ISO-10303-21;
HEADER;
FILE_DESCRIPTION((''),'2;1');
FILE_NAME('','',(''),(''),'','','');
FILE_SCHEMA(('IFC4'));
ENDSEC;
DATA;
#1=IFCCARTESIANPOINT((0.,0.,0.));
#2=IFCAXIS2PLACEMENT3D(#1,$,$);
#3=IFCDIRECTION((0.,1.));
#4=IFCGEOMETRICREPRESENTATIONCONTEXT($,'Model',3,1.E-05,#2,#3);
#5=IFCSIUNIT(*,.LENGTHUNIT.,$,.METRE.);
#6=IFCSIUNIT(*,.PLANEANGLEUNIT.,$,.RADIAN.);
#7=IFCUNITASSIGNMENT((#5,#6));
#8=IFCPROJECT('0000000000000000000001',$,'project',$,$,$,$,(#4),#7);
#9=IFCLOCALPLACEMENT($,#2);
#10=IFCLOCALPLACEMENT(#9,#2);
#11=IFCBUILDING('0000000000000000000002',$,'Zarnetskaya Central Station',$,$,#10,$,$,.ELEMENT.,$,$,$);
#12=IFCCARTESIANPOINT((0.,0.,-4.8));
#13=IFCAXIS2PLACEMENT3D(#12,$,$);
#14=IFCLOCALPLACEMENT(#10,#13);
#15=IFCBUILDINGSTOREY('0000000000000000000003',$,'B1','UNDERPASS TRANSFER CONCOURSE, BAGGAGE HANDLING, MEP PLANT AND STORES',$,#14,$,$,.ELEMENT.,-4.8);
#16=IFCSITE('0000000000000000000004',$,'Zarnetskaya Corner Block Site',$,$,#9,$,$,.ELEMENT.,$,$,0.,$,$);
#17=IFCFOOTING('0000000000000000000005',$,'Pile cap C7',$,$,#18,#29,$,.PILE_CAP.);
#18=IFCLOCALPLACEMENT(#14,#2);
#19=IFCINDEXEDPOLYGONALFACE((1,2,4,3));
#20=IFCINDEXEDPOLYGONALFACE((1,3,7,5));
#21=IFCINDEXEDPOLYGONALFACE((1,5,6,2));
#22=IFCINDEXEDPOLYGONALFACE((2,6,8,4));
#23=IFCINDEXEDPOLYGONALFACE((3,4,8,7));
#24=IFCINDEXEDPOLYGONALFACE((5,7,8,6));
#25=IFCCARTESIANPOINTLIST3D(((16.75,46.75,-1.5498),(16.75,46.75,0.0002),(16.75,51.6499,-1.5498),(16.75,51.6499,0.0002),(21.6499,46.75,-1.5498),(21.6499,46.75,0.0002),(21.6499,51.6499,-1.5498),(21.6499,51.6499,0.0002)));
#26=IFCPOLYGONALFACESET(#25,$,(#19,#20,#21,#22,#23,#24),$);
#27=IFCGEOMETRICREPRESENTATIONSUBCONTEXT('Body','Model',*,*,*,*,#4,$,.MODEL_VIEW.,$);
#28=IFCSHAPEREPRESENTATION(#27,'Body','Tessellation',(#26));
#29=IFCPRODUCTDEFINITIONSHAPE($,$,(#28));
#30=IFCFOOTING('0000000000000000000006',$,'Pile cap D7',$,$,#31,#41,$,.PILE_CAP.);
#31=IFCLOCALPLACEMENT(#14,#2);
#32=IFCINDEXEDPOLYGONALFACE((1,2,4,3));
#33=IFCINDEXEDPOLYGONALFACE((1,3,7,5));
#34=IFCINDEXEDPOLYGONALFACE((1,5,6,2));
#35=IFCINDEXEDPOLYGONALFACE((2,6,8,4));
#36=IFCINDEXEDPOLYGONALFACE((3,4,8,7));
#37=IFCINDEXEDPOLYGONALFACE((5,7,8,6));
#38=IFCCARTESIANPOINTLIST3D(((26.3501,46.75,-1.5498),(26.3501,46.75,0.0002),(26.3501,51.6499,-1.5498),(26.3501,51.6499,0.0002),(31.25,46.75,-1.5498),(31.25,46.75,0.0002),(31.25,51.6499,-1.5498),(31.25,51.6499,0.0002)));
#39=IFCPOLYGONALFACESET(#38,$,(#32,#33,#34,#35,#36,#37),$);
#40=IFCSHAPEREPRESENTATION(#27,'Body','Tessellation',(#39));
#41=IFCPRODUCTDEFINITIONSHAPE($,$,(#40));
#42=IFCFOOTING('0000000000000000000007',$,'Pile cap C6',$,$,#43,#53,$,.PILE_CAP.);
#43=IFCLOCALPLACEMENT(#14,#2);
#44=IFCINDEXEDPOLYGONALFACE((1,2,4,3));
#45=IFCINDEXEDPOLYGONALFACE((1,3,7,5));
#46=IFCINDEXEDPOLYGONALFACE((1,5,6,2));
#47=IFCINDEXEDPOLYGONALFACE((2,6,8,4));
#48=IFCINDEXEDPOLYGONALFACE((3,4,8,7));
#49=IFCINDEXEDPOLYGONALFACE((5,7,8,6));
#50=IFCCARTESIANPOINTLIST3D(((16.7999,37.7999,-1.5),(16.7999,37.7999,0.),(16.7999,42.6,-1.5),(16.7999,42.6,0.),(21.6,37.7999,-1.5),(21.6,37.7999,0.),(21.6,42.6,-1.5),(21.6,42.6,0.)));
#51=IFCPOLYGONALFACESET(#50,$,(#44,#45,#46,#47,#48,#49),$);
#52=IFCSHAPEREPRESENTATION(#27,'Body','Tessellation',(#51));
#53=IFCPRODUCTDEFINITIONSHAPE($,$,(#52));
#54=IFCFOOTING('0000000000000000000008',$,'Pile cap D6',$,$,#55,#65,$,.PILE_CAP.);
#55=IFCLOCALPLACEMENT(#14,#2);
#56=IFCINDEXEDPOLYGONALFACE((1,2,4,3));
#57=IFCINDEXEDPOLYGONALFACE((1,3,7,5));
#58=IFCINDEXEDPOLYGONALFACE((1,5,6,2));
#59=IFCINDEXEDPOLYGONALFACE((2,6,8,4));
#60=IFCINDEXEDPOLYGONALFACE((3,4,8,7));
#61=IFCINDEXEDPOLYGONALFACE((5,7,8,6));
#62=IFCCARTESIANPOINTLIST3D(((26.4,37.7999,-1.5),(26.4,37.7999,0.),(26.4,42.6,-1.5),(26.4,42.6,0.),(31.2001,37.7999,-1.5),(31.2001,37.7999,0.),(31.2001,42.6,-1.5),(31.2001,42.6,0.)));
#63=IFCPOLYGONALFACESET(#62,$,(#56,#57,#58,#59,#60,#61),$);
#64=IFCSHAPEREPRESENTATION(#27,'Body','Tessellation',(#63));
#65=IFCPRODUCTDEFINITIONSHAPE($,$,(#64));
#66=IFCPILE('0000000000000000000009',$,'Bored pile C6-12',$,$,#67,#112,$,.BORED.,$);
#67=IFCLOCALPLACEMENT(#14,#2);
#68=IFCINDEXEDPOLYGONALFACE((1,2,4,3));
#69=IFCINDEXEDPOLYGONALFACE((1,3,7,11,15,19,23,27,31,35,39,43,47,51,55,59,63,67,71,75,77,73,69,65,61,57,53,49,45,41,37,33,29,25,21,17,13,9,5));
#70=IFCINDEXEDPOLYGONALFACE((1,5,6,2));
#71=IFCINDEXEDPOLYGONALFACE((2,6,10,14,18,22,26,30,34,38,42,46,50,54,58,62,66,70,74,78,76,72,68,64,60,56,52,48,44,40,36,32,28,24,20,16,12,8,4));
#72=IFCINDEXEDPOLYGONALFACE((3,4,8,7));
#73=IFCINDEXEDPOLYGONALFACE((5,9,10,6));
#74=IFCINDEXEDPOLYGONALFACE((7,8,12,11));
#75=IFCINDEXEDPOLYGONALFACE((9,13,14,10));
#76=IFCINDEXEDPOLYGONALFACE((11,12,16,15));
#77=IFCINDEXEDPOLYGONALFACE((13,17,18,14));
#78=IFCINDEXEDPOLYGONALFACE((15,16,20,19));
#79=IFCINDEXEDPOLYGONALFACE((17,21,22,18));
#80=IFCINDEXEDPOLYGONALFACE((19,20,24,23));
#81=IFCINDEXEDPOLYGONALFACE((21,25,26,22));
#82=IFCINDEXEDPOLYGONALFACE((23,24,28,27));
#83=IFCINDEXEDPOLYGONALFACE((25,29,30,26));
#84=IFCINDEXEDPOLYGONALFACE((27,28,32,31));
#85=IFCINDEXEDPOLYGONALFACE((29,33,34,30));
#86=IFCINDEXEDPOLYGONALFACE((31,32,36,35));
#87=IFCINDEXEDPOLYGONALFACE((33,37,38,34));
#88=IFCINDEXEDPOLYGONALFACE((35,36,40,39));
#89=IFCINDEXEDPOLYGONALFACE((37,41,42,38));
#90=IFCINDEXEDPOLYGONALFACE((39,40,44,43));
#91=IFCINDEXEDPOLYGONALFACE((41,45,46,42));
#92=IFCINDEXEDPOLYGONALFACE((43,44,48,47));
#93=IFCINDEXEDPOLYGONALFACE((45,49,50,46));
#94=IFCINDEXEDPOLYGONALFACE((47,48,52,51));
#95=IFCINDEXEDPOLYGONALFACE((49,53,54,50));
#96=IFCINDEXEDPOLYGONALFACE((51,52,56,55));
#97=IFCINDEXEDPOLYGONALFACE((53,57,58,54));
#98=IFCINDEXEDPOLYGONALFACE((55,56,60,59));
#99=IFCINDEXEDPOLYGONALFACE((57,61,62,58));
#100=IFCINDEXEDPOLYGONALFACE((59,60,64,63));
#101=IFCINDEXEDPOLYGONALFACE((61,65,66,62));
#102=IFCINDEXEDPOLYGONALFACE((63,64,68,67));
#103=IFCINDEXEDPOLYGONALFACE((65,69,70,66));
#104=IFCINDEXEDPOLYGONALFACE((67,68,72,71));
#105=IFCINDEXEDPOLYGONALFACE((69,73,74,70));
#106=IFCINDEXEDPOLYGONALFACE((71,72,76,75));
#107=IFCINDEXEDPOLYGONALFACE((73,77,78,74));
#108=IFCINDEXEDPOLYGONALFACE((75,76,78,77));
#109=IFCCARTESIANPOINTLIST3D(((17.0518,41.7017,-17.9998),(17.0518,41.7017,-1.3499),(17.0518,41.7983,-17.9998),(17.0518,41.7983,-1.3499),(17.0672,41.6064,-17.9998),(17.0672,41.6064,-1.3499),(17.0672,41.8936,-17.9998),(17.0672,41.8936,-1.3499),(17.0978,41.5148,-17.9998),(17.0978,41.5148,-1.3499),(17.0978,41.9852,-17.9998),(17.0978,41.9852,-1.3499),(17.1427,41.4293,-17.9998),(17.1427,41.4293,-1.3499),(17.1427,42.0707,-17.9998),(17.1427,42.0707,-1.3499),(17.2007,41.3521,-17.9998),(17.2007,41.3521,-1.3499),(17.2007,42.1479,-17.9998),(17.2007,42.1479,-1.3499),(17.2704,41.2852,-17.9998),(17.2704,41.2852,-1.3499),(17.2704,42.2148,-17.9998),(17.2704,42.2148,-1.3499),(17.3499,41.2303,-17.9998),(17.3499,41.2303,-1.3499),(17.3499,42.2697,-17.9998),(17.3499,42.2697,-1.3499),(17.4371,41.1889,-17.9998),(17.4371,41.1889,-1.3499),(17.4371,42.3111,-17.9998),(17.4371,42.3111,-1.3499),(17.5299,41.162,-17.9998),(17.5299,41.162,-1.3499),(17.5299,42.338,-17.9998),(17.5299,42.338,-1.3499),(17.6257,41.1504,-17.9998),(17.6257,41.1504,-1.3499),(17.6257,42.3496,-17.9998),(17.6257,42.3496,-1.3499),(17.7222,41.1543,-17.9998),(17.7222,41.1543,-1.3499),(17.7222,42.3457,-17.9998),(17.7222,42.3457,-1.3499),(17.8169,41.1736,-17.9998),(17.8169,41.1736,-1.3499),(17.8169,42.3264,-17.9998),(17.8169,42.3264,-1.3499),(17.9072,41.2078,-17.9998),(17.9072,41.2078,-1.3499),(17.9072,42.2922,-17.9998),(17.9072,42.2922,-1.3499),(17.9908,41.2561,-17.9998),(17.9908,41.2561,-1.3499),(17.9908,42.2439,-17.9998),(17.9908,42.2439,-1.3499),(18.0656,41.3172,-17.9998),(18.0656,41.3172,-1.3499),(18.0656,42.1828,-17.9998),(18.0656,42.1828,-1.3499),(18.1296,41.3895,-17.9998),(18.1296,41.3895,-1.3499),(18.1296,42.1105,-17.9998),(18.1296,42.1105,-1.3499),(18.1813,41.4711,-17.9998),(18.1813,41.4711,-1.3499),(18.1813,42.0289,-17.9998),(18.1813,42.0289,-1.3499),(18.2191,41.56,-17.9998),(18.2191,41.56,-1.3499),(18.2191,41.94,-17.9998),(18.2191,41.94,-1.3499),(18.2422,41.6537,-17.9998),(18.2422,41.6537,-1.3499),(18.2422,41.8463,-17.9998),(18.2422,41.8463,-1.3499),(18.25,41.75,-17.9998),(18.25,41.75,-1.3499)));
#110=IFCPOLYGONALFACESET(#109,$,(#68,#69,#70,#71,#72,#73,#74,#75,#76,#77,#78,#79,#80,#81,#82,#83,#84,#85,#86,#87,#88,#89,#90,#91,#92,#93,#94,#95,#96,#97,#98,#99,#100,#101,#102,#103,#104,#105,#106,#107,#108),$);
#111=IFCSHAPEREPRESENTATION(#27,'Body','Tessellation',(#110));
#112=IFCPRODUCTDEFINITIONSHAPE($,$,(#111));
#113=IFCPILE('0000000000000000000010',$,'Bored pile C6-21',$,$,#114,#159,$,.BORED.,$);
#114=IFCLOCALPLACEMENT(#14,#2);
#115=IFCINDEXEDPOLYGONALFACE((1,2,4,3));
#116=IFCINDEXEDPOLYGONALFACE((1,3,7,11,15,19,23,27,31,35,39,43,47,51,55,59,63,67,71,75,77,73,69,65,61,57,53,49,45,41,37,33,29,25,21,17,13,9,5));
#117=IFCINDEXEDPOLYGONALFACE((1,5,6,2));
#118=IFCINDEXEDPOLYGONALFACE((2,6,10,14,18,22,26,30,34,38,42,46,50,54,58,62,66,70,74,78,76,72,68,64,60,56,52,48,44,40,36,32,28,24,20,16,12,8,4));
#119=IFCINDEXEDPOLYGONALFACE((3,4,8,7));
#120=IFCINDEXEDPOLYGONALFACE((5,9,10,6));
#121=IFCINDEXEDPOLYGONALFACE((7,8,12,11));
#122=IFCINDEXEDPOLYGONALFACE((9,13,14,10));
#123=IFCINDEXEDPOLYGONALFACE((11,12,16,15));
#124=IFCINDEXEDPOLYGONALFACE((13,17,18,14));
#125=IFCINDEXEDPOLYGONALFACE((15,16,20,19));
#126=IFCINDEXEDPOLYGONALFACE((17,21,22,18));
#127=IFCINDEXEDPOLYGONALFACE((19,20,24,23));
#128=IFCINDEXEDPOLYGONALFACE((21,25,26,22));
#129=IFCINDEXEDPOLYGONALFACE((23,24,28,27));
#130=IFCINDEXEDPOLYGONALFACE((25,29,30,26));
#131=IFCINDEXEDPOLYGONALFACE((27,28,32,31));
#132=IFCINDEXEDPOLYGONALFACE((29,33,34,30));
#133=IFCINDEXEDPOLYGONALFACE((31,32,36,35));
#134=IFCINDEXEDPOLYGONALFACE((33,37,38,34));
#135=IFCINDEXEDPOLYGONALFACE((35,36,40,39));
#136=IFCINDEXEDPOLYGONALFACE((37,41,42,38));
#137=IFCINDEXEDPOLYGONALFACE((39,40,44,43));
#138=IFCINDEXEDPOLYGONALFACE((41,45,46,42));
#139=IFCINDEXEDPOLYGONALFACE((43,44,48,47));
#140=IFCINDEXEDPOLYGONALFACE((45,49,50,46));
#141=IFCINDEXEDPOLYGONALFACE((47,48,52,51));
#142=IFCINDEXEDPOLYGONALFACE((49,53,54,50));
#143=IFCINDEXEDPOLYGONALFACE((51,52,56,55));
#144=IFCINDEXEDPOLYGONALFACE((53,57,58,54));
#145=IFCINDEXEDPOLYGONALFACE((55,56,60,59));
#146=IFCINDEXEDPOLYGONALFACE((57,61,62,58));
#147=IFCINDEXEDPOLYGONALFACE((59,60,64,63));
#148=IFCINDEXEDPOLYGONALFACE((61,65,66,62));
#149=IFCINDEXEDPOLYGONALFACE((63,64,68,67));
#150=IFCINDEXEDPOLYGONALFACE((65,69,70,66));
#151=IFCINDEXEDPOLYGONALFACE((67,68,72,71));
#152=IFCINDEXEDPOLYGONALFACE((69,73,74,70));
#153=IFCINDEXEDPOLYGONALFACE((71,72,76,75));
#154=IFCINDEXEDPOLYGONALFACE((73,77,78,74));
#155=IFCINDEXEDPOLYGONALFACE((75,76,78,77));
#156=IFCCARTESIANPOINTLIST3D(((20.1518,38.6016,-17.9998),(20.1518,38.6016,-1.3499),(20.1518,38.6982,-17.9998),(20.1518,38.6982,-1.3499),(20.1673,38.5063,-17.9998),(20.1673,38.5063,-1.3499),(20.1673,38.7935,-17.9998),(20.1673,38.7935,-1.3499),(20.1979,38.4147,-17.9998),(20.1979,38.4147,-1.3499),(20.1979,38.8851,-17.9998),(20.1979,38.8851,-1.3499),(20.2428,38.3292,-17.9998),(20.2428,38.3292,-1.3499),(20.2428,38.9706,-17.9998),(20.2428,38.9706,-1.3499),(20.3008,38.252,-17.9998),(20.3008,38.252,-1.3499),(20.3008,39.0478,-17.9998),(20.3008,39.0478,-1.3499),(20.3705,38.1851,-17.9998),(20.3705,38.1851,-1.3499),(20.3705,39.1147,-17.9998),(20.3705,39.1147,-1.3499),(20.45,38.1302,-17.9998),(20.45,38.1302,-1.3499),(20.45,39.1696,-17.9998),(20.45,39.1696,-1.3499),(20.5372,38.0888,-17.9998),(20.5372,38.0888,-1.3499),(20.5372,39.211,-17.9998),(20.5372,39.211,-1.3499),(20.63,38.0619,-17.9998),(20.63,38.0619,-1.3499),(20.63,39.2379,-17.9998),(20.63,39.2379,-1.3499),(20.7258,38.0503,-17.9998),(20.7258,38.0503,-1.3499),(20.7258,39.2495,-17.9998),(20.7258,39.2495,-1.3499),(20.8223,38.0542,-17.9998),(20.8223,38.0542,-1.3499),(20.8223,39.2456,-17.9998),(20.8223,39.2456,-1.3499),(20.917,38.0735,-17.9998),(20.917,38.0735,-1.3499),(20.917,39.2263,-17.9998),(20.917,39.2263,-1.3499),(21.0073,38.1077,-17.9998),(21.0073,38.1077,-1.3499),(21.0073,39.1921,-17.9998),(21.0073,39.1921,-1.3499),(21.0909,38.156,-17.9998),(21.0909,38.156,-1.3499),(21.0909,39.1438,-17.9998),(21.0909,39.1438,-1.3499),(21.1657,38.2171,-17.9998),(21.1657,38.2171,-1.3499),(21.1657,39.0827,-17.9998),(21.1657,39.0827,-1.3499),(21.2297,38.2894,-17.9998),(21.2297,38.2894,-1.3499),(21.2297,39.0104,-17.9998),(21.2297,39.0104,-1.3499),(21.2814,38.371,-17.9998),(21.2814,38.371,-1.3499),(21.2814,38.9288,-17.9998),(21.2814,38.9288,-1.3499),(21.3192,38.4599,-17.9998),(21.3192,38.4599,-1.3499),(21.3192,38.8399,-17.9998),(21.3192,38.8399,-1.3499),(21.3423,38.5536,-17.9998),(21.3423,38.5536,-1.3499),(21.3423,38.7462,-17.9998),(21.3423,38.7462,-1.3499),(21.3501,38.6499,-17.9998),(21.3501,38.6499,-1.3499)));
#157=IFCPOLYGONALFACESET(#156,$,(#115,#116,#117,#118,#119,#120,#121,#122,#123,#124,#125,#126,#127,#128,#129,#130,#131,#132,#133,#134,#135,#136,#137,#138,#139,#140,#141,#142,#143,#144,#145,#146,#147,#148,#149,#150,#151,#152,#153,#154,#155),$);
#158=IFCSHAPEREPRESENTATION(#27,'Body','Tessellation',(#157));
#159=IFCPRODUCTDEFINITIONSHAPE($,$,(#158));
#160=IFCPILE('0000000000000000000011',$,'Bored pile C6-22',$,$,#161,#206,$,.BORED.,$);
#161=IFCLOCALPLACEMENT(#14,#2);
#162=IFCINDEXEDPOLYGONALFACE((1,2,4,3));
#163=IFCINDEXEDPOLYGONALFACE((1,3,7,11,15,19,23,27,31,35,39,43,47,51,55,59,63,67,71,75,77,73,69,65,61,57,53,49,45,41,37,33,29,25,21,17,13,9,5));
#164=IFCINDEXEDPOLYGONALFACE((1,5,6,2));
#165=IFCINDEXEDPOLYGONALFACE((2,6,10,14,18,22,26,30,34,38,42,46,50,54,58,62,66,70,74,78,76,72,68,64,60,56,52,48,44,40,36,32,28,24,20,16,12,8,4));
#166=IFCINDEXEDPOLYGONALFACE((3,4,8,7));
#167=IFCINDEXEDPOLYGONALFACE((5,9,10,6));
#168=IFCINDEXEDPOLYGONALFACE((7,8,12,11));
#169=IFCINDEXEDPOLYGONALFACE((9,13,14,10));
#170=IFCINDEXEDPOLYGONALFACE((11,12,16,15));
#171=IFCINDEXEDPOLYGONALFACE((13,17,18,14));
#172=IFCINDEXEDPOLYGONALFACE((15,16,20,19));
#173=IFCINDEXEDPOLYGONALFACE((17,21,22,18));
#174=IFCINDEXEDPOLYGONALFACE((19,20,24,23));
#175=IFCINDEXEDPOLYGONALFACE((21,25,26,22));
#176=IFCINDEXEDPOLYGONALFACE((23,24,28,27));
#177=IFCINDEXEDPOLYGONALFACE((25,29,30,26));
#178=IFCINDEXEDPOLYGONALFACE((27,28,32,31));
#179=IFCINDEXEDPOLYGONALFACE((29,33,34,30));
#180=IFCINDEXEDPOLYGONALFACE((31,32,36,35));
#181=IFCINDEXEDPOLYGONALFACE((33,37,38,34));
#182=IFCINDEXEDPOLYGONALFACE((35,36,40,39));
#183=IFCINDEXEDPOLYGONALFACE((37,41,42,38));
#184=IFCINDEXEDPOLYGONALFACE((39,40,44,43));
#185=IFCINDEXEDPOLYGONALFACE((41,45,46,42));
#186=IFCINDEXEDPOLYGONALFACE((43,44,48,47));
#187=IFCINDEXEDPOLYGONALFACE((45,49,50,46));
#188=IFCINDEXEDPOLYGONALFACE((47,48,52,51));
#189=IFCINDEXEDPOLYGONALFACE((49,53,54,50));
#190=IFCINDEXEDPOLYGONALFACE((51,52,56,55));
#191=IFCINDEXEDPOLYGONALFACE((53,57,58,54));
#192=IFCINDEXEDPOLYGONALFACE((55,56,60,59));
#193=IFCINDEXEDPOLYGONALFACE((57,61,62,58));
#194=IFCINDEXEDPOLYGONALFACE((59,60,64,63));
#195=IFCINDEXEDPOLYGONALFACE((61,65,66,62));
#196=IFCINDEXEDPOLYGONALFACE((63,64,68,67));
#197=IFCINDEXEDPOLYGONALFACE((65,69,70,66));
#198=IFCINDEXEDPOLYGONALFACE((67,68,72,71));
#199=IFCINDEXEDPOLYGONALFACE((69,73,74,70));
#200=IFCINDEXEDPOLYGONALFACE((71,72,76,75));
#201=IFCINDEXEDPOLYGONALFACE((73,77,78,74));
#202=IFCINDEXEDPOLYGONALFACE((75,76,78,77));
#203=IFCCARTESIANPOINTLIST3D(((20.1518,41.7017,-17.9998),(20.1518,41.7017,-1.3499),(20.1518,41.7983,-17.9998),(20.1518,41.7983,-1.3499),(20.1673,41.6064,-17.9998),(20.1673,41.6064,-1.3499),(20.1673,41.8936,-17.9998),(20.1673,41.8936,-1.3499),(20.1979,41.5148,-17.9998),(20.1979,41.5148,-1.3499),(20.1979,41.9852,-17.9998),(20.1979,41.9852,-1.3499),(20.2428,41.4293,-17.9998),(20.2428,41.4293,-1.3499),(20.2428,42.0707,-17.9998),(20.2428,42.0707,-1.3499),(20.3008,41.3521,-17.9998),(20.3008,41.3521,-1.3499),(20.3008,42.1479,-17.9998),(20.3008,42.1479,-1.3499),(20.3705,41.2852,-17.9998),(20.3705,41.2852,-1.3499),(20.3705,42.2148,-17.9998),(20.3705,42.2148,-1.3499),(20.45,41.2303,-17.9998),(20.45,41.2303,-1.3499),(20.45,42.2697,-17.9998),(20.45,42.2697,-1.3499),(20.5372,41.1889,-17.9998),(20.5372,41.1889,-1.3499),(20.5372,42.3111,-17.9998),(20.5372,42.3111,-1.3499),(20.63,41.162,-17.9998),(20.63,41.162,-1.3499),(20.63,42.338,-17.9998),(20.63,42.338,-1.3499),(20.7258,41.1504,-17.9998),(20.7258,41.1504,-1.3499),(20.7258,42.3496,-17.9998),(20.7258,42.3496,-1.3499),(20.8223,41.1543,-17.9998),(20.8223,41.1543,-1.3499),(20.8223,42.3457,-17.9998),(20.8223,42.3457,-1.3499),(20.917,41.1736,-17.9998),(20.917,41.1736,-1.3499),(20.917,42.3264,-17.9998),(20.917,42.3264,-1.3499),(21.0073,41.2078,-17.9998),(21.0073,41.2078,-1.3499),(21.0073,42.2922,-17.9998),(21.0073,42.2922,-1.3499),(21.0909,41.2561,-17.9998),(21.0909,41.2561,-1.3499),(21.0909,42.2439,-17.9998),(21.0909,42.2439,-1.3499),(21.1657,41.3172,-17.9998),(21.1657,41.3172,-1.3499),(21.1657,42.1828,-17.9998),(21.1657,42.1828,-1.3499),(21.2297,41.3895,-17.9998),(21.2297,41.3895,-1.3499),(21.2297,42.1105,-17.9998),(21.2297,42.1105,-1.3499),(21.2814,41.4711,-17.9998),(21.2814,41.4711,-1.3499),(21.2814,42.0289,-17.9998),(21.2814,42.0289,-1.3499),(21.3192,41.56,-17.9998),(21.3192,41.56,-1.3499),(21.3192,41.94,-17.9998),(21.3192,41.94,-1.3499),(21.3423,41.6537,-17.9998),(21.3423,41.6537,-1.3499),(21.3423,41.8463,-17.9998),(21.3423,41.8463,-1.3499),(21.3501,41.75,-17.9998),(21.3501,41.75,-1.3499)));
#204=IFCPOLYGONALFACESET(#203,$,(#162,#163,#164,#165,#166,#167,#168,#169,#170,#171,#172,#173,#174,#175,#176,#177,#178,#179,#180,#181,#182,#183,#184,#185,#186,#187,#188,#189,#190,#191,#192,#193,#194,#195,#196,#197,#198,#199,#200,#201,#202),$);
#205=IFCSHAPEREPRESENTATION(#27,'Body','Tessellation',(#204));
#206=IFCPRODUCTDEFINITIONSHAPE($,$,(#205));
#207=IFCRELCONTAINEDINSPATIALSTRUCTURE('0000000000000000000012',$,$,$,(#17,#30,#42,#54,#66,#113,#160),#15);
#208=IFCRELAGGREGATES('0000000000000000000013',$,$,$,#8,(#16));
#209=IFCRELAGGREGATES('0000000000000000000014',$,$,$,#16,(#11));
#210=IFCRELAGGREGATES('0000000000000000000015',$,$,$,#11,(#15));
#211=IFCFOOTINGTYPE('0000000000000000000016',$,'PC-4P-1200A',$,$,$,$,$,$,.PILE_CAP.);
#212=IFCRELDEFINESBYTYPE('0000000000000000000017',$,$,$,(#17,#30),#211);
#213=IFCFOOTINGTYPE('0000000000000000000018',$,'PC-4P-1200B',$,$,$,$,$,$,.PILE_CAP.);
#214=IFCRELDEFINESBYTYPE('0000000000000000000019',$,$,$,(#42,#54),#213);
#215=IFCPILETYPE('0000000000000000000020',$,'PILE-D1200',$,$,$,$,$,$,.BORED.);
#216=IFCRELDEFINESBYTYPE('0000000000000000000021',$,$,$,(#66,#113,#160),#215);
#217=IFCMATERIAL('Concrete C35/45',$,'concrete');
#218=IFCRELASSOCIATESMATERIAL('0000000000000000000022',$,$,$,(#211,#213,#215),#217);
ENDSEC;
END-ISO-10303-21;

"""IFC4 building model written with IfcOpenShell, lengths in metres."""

from ifc_helpers import new_model, si_unit, direction, frame, origin, origin_2d, place, context, subcontext, project, spatial, rectangle, circle, extrude, material, material_profile, profile_set, type_object, element, save


model = new_model("IFC4")

# Units and contexts
model_context = context("Model", 3, precision=1e-05, world=origin(), true_north=direction((0.0, 1.0)))
body_context = subcontext(model_context, "Body", "Model", "MODEL_VIEW")
ifc_project = project(units=[si_unit("LENGTHUNIT", "METRE"), si_unit("PLANEANGLEUNIT", "RADIAN")], contexts=[model_context])

# Site, building, storey
site_placement = place(None, origin())
site = spatial("IfcSite", under=ifc_project, at=site_placement, Name="Zarnetskaya Corner Block Site", CompositionType="ELEMENT", RefElevation=0.0)
building_placement = place(site_placement, origin())
building = spatial("IfcBuilding", under=site, at=building_placement, Name="Zarnetskaya Central Station", CompositionType="ELEMENT")
storey_placement = place(building_placement, frame((0.0, 0.0, -4.8)))
storey = spatial("IfcBuildingStorey", under=building, at=storey_placement, Name="B1", Description="UNDERPASS TRANSFER CONCOURSE, BAGGAGE HANDLING, MEP PLANT AND STORES", CompositionType="ELEMENT", Elevation=-4.8)

# Footings
ifc_material = material(Name="Concrete C35/45", Category="concrete")
footing_type_1 = type_object("IfcFootingType", Name="PC-4P-1200A", PredefinedType="PILE_CAP", material=ifc_material)
for number, where, z_axis, x_axis, name in (
    (1, (19.2, 49.2, -1.5498), (0.0, 0.0, 1.0), (1.0, 0.0, 0.0), "Pile cap C7"),
    (2, (28.8, 49.2, -1.5498), (0.0, 0.0, 1.0), (1.0, 0.0, 0.0), "Pile cap D7"),
):
    element("IfcFooting", number, at=place(storey_placement, frame(where, z_axis=z_axis, x_axis=x_axis)), inside=storey, type_object=footing_type_1, Name=name, PredefinedType="PILE_CAP", context=body_context, shape_type="SweptSolid", body=[
        extrude(rectangle(XDim=4.8999, YDim=4.8999, at=origin_2d()), origin(), (0.0, 0.0, 1.0), 1.55),
    ])
footing_type_2 = type_object("IfcFootingType", Name="PC-4P-1200B", PredefinedType="PILE_CAP", material=ifc_material)
for number, where, z_axis, x_axis, name in (
    (3, (19.2, 40.2, -1.5), (0.0, 0.0, 1.0), (1.0, 0.0, 0.0), "Pile cap C6"),
    (4, (28.8, 40.2, -1.5), (0.0, 0.0, 1.0), (1.0, 0.0, 0.0), "Pile cap D6"),
):
    element("IfcFooting", number, at=place(storey_placement, frame(where, z_axis=z_axis, x_axis=x_axis)), inside=storey, type_object=footing_type_2, Name=name, PredefinedType="PILE_CAP", context=body_context, shape_type="SweptSolid", body=[
        extrude(rectangle(XDim=4.8, YDim=4.8, at=origin_2d()), origin(), (0.0, 0.0, 1.0), 1.5),
    ])

# Piles
ifc_material_profile_1 = material_profile(ifc_material, circle(Radius=0.6001, at=origin_2d()), Name="BORED PILE D1200")
ifc_profile_set_1 = profile_set([ifc_material_profile_1], Name="Concrete C35/45")
pile_type = type_object("IfcPileType", Name="PILE-D1200", PredefinedType="BORED", material=ifc_profile_set_1)
for number, where, z_axis, x_axis, name in (
    (5, (17.6499, 41.75, -1.3499), (0.0, 0.0, -1.0), (1.0, 0.0, 0.0), "Bored pile C6-12"),
    (6, (20.75, 38.6499, -1.3499), (0.0, 0.0, -1.0), (1.0, 0.0, 0.0), "Bored pile C6-21"),
    (7, (20.75, 41.75, -1.3499), (0.0, 0.0, -1.0), (1.0, 0.0, 0.0), "Bored pile C6-22"),
):
    element("IfcPile", number, at=place(storey_placement, frame(where, z_axis=z_axis, x_axis=x_axis)), inside=storey, type_object=pile_type, Name=name, PredefinedType="BORED", context=body_context, shape_type="SweptSolid", body=[
        extrude(circle(Radius=0.6001, at=origin_2d()), origin(), (0.0, 0.0, 1.0), 16.6499),
    ])

save(model, "model.ifc")
